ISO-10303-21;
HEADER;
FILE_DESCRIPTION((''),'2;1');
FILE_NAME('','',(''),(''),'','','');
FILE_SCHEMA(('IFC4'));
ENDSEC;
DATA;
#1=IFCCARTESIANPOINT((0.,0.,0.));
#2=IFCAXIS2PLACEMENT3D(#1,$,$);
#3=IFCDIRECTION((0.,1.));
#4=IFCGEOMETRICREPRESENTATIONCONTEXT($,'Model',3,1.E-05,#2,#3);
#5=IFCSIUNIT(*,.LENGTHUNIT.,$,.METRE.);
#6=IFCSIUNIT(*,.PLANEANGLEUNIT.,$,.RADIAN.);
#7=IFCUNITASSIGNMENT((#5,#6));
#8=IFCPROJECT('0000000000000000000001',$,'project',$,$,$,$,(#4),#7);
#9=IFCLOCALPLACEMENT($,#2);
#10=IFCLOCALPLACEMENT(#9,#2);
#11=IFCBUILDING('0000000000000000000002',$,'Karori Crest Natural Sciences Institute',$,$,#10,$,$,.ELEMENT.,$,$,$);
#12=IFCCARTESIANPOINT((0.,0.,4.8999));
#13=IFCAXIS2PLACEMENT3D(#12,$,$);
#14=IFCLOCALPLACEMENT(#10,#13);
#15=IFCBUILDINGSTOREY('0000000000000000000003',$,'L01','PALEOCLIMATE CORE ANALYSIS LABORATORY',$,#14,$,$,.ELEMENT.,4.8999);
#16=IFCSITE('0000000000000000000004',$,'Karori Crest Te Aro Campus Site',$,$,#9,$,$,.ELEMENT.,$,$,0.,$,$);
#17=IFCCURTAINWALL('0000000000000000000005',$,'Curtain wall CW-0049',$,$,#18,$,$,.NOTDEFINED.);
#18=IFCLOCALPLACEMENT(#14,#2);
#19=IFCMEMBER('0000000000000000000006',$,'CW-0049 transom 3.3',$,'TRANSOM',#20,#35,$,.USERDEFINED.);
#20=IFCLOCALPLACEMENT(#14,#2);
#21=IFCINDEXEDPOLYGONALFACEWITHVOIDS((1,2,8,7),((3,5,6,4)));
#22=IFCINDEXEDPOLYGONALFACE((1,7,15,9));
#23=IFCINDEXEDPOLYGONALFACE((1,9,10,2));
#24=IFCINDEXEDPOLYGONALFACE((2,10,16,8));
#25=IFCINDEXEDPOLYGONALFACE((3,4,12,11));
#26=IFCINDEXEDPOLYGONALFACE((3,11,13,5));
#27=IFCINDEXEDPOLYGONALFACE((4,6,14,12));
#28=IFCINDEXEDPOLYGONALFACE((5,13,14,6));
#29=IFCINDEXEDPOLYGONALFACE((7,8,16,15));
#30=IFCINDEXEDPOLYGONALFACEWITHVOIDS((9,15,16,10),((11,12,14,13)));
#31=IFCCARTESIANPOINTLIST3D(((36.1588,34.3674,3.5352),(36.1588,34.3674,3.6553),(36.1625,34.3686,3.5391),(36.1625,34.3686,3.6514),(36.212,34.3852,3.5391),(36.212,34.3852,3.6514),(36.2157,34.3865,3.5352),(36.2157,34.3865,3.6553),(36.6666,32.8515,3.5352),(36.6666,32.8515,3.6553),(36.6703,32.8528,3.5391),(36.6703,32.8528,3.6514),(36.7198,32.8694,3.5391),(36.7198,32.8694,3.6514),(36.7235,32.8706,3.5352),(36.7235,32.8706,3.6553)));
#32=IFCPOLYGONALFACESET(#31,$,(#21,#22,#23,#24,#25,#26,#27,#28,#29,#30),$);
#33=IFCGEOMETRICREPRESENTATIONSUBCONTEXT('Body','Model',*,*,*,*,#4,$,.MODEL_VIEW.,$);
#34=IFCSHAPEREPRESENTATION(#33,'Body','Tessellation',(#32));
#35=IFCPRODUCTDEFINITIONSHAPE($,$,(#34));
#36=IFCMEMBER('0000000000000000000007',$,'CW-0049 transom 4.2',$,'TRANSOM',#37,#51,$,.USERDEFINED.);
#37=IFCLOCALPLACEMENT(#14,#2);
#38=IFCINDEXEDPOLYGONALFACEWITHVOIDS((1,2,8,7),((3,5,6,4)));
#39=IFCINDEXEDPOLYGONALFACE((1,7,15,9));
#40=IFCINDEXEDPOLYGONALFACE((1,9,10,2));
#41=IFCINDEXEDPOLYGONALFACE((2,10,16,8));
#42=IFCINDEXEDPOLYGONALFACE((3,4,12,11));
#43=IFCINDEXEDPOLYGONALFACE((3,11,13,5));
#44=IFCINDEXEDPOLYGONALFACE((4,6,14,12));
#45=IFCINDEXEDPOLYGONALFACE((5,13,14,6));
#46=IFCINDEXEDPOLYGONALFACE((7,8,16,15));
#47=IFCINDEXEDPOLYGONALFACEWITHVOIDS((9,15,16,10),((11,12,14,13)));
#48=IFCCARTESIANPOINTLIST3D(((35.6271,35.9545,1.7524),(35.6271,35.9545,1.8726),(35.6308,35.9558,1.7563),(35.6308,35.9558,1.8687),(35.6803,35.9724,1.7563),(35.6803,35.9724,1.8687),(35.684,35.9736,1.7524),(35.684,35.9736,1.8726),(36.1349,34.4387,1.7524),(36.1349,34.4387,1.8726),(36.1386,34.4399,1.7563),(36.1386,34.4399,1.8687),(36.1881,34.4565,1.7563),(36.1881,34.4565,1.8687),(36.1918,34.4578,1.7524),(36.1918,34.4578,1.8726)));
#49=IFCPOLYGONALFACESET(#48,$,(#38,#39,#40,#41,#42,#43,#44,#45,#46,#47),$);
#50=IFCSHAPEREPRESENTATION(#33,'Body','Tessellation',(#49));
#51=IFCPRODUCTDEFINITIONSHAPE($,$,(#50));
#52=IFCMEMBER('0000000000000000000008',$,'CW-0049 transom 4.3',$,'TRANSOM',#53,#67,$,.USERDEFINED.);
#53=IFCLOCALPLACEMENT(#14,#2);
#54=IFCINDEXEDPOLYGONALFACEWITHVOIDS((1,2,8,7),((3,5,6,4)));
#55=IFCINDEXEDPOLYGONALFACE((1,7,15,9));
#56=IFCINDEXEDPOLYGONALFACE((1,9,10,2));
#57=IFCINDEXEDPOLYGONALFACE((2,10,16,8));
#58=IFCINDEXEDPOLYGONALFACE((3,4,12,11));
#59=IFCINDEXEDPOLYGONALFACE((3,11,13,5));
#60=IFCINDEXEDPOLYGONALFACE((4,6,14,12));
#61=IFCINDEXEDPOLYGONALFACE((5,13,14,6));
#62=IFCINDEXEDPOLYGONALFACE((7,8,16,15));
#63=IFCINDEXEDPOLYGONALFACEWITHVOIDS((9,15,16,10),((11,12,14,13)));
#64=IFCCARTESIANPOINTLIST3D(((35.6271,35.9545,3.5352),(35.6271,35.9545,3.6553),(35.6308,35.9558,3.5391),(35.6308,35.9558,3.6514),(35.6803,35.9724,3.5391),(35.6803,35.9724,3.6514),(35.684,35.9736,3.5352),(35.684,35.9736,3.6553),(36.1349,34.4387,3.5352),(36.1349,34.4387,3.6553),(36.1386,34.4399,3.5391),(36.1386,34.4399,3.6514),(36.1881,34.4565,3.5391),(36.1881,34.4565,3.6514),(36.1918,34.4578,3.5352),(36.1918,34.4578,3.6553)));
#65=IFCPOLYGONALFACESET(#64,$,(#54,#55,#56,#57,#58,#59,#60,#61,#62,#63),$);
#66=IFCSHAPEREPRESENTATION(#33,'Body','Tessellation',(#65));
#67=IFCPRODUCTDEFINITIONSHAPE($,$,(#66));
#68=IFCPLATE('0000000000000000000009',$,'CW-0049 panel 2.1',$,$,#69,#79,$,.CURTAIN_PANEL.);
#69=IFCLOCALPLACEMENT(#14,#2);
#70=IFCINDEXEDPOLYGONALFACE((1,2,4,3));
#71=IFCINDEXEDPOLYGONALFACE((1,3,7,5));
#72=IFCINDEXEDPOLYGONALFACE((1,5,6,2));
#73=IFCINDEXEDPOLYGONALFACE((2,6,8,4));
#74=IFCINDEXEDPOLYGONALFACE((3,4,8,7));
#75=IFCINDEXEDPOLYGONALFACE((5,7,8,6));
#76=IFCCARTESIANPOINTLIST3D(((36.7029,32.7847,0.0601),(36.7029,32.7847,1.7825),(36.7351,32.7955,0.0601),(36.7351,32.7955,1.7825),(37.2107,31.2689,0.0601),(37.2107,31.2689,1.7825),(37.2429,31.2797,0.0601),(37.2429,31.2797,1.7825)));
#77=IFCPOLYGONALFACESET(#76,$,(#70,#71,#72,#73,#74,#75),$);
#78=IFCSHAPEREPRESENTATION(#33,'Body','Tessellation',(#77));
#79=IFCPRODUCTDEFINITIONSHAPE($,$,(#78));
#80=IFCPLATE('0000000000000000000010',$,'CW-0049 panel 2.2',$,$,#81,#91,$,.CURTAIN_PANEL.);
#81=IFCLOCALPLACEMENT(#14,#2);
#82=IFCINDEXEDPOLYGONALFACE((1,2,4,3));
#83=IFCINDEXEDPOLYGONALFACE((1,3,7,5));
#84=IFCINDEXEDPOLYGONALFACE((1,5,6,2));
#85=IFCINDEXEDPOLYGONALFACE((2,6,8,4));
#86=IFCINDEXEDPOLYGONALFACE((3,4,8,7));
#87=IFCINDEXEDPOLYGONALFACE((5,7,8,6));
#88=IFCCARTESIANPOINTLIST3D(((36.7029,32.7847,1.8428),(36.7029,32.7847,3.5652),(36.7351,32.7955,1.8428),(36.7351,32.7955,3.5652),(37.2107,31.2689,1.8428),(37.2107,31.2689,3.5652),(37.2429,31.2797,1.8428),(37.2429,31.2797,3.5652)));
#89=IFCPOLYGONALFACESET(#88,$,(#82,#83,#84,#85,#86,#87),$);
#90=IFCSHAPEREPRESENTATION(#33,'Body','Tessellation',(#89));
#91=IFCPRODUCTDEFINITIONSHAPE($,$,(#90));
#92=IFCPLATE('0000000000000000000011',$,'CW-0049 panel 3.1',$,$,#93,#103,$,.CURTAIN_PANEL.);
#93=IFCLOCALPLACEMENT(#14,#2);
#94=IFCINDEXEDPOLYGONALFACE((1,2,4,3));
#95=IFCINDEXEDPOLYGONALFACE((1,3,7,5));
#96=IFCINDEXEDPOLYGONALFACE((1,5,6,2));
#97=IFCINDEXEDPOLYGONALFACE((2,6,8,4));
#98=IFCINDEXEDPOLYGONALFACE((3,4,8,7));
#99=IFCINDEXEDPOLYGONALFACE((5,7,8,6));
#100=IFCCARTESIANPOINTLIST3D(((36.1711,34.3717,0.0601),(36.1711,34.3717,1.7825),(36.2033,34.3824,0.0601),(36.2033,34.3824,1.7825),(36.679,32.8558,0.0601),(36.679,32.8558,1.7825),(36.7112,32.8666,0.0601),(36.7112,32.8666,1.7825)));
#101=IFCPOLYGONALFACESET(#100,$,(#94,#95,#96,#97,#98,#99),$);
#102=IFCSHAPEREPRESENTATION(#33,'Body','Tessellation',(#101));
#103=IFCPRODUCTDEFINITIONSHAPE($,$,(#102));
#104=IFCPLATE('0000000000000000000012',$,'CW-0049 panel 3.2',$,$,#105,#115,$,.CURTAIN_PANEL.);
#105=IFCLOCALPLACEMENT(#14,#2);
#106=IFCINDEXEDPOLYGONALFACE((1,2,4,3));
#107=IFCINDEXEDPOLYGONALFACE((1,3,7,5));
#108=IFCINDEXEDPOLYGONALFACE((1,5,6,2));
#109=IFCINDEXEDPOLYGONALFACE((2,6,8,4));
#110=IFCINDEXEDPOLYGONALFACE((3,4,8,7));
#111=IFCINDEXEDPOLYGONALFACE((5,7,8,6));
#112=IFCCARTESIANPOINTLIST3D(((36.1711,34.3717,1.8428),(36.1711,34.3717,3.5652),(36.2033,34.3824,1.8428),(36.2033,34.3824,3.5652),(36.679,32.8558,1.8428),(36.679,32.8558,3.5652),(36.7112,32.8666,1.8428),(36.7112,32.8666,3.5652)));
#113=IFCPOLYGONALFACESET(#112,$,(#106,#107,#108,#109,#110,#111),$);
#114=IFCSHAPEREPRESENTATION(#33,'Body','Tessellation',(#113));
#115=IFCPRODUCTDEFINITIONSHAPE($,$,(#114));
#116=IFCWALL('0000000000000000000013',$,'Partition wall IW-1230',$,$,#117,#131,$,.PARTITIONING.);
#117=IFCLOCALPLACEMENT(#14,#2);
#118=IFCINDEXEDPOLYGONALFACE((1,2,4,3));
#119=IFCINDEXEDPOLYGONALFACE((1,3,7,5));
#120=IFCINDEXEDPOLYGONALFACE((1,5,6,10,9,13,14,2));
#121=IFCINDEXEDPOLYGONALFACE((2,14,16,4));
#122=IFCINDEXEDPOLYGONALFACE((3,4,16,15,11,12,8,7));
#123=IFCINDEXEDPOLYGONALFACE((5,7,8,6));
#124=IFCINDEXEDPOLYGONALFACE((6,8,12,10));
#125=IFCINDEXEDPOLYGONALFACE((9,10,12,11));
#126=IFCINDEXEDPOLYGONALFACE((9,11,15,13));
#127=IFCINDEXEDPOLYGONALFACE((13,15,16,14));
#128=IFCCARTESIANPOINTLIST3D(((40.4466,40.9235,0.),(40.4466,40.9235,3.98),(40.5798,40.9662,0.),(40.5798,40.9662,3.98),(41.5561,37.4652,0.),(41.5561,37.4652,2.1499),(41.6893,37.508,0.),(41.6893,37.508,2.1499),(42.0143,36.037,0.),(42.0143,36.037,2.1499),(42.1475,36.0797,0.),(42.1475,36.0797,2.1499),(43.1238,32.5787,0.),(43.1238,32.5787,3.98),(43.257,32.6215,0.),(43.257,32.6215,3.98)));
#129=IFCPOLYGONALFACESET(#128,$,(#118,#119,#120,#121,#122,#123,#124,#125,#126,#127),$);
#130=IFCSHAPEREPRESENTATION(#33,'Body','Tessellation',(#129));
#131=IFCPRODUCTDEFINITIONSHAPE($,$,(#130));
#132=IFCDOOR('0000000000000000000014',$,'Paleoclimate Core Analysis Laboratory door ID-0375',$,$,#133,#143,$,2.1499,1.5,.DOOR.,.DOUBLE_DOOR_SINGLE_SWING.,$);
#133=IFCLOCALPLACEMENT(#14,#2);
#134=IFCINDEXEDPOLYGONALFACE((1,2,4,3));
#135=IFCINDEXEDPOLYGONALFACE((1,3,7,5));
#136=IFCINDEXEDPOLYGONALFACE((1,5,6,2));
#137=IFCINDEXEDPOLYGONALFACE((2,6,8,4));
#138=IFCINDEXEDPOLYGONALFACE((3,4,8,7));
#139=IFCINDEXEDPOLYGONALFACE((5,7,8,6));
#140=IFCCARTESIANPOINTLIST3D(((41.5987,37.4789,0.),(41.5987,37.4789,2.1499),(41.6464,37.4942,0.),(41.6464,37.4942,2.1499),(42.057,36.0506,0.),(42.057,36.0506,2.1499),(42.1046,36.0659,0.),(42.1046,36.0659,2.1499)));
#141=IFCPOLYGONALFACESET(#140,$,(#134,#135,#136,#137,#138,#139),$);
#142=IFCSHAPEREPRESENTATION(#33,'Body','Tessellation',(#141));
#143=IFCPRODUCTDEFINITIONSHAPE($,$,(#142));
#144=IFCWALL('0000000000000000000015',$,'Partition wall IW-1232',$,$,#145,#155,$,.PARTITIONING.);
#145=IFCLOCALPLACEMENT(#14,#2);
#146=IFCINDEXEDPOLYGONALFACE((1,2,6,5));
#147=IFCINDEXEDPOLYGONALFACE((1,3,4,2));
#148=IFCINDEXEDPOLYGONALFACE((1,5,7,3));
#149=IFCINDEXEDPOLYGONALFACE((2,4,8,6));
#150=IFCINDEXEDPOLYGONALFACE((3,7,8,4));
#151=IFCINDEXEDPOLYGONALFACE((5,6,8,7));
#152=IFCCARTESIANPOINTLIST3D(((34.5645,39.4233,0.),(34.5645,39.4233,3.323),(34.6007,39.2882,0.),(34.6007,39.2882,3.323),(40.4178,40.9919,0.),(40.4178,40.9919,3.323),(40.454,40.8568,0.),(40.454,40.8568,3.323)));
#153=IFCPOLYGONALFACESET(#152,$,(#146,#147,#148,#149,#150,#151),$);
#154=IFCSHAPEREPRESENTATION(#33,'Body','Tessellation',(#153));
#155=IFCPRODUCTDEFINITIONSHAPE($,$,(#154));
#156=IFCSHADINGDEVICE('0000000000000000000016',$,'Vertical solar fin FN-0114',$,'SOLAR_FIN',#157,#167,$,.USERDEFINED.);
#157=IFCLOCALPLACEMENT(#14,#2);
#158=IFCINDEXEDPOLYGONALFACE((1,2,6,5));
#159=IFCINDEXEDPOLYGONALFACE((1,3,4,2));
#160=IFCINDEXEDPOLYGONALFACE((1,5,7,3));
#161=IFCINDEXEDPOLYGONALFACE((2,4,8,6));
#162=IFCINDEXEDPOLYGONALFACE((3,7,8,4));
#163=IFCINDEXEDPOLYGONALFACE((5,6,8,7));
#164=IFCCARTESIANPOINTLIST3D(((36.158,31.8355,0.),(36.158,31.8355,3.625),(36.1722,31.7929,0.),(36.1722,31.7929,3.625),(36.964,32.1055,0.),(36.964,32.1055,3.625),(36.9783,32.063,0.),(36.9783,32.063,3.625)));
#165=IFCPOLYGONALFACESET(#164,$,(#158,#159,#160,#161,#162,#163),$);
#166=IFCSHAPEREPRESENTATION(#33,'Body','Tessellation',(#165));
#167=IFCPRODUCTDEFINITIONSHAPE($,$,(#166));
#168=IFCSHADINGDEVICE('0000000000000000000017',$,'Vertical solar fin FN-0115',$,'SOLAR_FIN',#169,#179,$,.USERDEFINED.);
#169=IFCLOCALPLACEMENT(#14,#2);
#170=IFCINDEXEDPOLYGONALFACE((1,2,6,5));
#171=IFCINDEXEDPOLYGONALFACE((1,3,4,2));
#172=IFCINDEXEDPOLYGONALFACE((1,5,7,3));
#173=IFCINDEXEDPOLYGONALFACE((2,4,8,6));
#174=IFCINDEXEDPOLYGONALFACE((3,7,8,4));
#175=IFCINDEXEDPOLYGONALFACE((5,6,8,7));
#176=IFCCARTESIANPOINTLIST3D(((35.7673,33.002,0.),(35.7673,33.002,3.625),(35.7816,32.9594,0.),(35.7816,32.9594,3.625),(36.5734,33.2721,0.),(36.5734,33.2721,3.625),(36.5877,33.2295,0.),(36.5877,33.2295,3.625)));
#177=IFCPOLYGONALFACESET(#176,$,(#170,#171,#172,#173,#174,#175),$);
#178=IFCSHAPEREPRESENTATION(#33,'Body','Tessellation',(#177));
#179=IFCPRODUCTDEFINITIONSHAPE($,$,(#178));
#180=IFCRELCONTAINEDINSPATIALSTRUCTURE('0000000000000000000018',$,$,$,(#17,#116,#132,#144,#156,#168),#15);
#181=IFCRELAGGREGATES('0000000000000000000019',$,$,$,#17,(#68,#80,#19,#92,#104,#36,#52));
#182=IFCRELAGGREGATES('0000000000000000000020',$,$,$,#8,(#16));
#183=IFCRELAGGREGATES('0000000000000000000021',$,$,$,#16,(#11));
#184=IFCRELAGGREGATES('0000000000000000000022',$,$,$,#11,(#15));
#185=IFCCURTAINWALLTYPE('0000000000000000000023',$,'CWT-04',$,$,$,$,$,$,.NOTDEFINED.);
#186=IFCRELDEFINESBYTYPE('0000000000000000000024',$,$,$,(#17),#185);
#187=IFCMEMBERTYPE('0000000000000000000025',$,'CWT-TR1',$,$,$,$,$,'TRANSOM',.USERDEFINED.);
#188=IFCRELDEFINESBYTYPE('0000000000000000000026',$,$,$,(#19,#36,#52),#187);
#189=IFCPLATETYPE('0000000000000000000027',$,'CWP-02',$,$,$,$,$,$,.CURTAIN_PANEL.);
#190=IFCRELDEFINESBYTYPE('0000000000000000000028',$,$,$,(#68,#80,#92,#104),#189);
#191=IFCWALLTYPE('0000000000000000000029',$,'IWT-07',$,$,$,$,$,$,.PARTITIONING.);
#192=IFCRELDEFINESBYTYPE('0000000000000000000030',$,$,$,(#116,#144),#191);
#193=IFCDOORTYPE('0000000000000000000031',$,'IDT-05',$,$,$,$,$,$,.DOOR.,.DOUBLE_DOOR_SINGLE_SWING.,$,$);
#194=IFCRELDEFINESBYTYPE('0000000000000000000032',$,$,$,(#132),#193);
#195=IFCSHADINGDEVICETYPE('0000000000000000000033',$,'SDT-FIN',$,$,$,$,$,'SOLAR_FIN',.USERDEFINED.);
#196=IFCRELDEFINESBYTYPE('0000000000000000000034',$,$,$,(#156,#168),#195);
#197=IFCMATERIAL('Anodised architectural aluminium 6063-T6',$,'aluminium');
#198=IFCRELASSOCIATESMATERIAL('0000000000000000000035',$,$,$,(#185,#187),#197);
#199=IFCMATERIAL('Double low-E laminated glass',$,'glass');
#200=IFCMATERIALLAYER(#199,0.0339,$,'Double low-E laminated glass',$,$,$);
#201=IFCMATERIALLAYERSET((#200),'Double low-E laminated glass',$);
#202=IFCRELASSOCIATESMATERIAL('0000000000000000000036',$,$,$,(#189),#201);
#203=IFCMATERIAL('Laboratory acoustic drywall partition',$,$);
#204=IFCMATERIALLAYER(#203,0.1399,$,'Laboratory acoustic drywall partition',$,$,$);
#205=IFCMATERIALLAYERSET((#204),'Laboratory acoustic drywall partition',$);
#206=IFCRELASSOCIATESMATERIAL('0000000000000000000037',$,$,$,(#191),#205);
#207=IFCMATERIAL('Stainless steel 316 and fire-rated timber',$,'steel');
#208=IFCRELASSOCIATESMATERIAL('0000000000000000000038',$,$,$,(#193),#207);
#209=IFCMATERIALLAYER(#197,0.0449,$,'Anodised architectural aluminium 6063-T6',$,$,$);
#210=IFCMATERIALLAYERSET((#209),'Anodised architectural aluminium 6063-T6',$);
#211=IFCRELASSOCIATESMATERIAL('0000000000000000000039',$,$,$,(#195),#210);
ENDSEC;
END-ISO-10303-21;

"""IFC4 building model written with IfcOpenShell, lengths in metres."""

from ifc_helpers import new_model, si_unit, direction, frame, frame_2d, origin, origin_2d, place, context, subcontext, project, spatial, rectangle, hollow_rectangle, extrude, material, layer, layer_set, material_profile, profile_set, type_object, element, fill, aggregate, save


model = new_model("IFC4")

# Units and contexts
model_context = context("Model", 3, precision=1e-05, world=origin(), true_north=direction((0.0, 1.0)))
body_context = subcontext(model_context, "Body", "Model", "MODEL_VIEW")
ifc_project = project(units=[si_unit("LENGTHUNIT", "METRE"), si_unit("PLANEANGLEUNIT", "RADIAN")], contexts=[model_context])

# Site, building, storey
site_placement = place(None, origin())
site = spatial("IfcSite", under=ifc_project, at=site_placement, Name="Karori Crest Te Aro Campus Site", CompositionType="ELEMENT", RefElevation=0.0)
building_placement = place(site_placement, origin())
building = spatial("IfcBuilding", under=site, at=building_placement, Name="Karori Crest Natural Sciences Institute", CompositionType="ELEMENT")
storey_placement = place(building_placement, frame((0.0, 0.0, 4.8999)))
storey = spatial("IfcBuildingStorey", under=building, at=storey_placement, Name="L01", Description="PALEOCLIMATE CORE ANALYSIS LABORATORY", CompositionType="ELEMENT", Elevation=4.8999)

# Curtain wall, members, plates
ifc_material_1 = material(Name="Anodised architectural aluminium 6063-T6", Category="aluminium")
curtain_wall_type = type_object("IfcCurtainWallType", Name="CWT-04", PredefinedType="NOTDEFINED", material=ifc_material_1)
curtain_wall_placement = place(storey_placement, origin())
curtain_wall = element("IfcCurtainWall", 1, at=curtain_wall_placement, inside=storey, type_object=curtain_wall_type, Name="Curtain wall CW-0049", PredefinedType="NOTDEFINED")
ifc_material_profile_1 = material_profile(ifc_material_1, hollow_rectangle(XDim=0.0601, YDim=0.1201, WallThickness=0.0039, at=origin_2d()), Name="CWT120x60x4")
ifc_profile_set_1 = profile_set([ifc_material_profile_1], Name="Anodised architectural aluminium 6063-T6")
member_type_1 = type_object("IfcMemberType", Name="CWT-TR1", ElementType="TRANSOM", PredefinedType="USERDEFINED", material=ifc_profile_set_1)
member_1_placement = place(storey_placement, frame((36.6951, 32.8611, 3.5952), z_axis=(-0.317648, 0.948209, 0.0), x_axis=(-0.948209, -0.317648, 0.0)))
member_1 = element("IfcMember", 2, at=member_1_placement, type_object=member_type_1, Name="CW-0049 transom 3.3", ObjectType="TRANSOM", PredefinedType="USERDEFINED", context=body_context, shape_type="SweptSolid", body=[
    extrude(hollow_rectangle(XDim=0.0601, YDim=0.1201, WallThickness=0.0039, at=origin_2d()), origin(), (0.0, 0.0, 1.0), 1.5986),
])
member_2_placement = place(storey_placement, frame((36.1633, 34.4482, 1.8125), z_axis=(-0.317648, 0.948209, 0.0), x_axis=(-0.948209, -0.317648, 0.0)))
member_2 = element("IfcMember", 3, at=member_2_placement, type_object=member_type_1, Name="CW-0049 transom 4.2", ObjectType="TRANSOM", PredefinedType="USERDEFINED", context=body_context, shape_type="SweptSolid", body=[
    extrude(hollow_rectangle(XDim=0.0601, YDim=0.1201, WallThickness=0.0039, at=origin_2d()), origin(), (0.0, 0.0, 1.0), 1.5986),
])
member_3_placement = place(storey_placement, frame((36.1633, 34.4482, 3.5952), z_axis=(-0.317648, 0.948209, 0.0), x_axis=(-0.948209, -0.317648, 0.0)))
member_3 = element("IfcMember", 4, at=member_3_placement, type_object=member_type_1, Name="CW-0049 transom 4.3", ObjectType="TRANSOM", PredefinedType="USERDEFINED", context=body_context, shape_type="SweptSolid", body=[
    extrude(hollow_rectangle(XDim=0.0601, YDim=0.1201, WallThickness=0.0039, at=origin_2d()), origin(), (0.0, 0.0, 1.0), 1.5986),
])
ifc_material_2 = material(Name="Double low-E laminated glass", Category="glass")
ifc_layer_1 = layer(ifc_material_2, 0.0339, Name="Double low-E laminated glass")
ifc_layer_set_1 = layer_set([ifc_layer_1], Name="Double low-E laminated glass")
plate_type = type_object("IfcPlateType", Name="CWP-02", PredefinedType="CURTAIN_PANEL", material=ifc_layer_set_1)
plate_1_placement = place(storey_placement, frame((36.9729, 32.0322, 0.0601), z_axis=(0.0, 0.0, 1.0), x_axis=(-0.317685, 0.948196, 0.0)))
plate_1 = element("IfcPlate", 5, at=plate_1_placement, type_object=plate_type, Name="CW-0049 panel 2.1", PredefinedType="CURTAIN_PANEL", context=body_context, shape_type="SweptSolid", body=[
    extrude(rectangle(XDim=1.5986, YDim=0.0339, at=origin_2d()), origin(), (0.0, 0.0, 1.0), 1.7224),
])
plate_2_placement = place(storey_placement, frame((36.9729, 32.0322, 1.8428), z_axis=(0.0, 0.0, 1.0), x_axis=(-0.317685, 0.948196, 0.0)))
plate_2 = element("IfcPlate", 6, at=plate_2_placement, type_object=plate_type, Name="CW-0049 panel 2.2", PredefinedType="CURTAIN_PANEL", context=body_context, shape_type="SweptSolid", body=[
    extrude(rectangle(XDim=1.5986, YDim=0.0339, at=origin_2d()), origin(), (0.0, 0.0, 1.0), 1.7224),
])
plate_3_placement = place(storey_placement, frame((36.4412, 33.6191, 0.0601), z_axis=(0.0, 0.0, 1.0), x_axis=(-0.317685, 0.948196, 0.0)))
plate_3 = element("IfcPlate", 7, at=plate_3_placement, type_object=plate_type, Name="CW-0049 panel 3.1", PredefinedType="CURTAIN_PANEL", context=body_context, shape_type="SweptSolid", body=[
    extrude(rectangle(XDim=1.5986, YDim=0.0339, at=origin_2d()), origin(), (0.0, 0.0, 1.0), 1.7224),
])
plate_4_placement = place(storey_placement, frame((36.4412, 33.6191, 1.8428), z_axis=(0.0, 0.0, 1.0), x_axis=(-0.317685, 0.948196, 0.0)))
plate_4 = element("IfcPlate", 8, at=plate_4_placement, type_object=plate_type, Name="CW-0049 panel 3.2", PredefinedType="CURTAIN_PANEL", context=body_context, shape_type="SweptSolid", body=[
    extrude(rectangle(XDim=1.5986, YDim=0.0339, at=origin_2d()), origin(), (0.0, 0.0, 1.0), 1.7224),
])
aggregate(curtain_wall, [plate_1, plate_2, member_1, plate_3, plate_4, member_2, member_3])

# Wall, opening, door
ifc_material_3 = material(Name="Laboratory acoustic drywall partition")
ifc_layer_2 = layer(ifc_material_3, 0.1399, Name="Laboratory acoustic drywall partition")
ifc_layer_set_2 = layer_set([ifc_layer_2], Name="Laboratory acoustic drywall partition")
wall_type = type_object("IfcWallType", Name="IWT-07", PredefinedType="PARTITIONING", material=ifc_layer_set_2)
wall_1_placement = place(storey_placement, frame((40.5132, 40.9448, 0.0), z_axis=(0.0, 0.0, 1.0), x_axis=(0.305493, -0.952194, 0.0)))
wall_1 = element("IfcWall", 9, at=wall_1_placement, inside=storey, type_object=wall_type, Name="Partition wall IW-1230", PredefinedType="PARTITIONING", context=body_context, shape_type="SweptSolid", body=[
    extrude(rectangle(XDim=8.7637, YDim=0.1399, at=frame_2d((4.3818, 0.0))), origin(), (0.0, 0.0, 1.0), 3.98),
])
opening_placement = place(wall_1_placement, frame((3.6318, 0.0, 0.0)))
opening = element("IfcOpeningElement", 10, at=opening_placement, cuts=wall_1, PredefinedType="OPENING", context=body_context, shape_type="SweptSolid", body=[
    extrude(rectangle(XDim=1.5, YDim=2.1499, at=frame_2d((0.75, 1.075))), frame((0.0, 0.0801, 0.0), z_axis=(0.0, -1.0, 0.0), x_axis=(1.0, 0.0, 0.0)), (0.0, 0.0, 1.0), 0.1599),
])
ifc_material_4 = material(Name="Stainless steel 316 and fire-rated timber", Category="steel")
door_type = type_object("IfcDoorType", Name="IDT-05", OperationType="DOUBLE_DOOR_SINGLE_SWING", PredefinedType="DOOR", material=ifc_material_4)
door_placement = place(opening_placement, origin())
door = element("IfcDoor", 11, at=door_placement, inside=storey, type_object=door_type, Name="Paleoclimate Core Analysis Laboratory door ID-0375", OperationType="DOUBLE_DOOR_SINGLE_SWING", OverallHeight=2.1499, OverallWidth=1.5, PredefinedType="DOOR", context=body_context, shape_type="SweptSolid", body=[
    extrude(rectangle(XDim=1.5, YDim=2.1499, at=frame_2d((0.75, 1.075))), frame((0.0, 0.0249, 0.0), z_axis=(0.0, -1.0, 0.0), x_axis=(1.0, 0.0, 0.0)), (0.0, 0.0, 1.0), 0.05),
])
fill(opening, door)

# Wall
wall_2_placement = place(storey_placement, frame((40.4358, 40.9243, 0.0), z_axis=(0.0, 0.0, 1.0), x_axis=(-0.965917, -0.258854, 0.0)))
element("IfcWall", 12, at=wall_2_placement, inside=storey, type_object=wall_type, Name="Partition wall IW-1232", PredefinedType="PARTITIONING", context=body_context, shape_type="SweptSolid", body=[
    extrude(rectangle(XDim=6.0598, YDim=0.1399, at=frame_2d((3.0298, 0.0))), origin(), (0.0, 0.0, 1.0), 3.323),
])

# Shading devices
ifc_layer_3 = layer(ifc_material_1, 0.0449, Name="Anodised architectural aluminium 6063-T6")
ifc_layer_set_3 = layer_set([ifc_layer_3], Name="Anodised architectural aluminium 6063-T6")
shading_device_type = type_object("IfcShadingDeviceType", Name="SDT-FIN", ElementType="SOLAR_FIN", PredefinedType="USERDEFINED", material=ifc_layer_set_3)
for number, where, z_axis, x_axis, name in (
    (13, (36.5681, 31.9492, 0.0), (0.0, 0.0, 1.0), (-0.948196, -0.317685, 0.0), "Vertical solar fin FN-0114"),
    (14, (36.1775, 33.1157, 0.0), (0.0, 0.0, 1.0), (-0.948196, -0.317685, 0.0), "Vertical solar fin FN-0115"),
):
    element("IfcShadingDevice", number, at=place(storey_placement, frame(where, z_axis=z_axis, x_axis=x_axis)), inside=storey, type_object=shading_device_type, Name=name, ObjectType="SOLAR_FIN", PredefinedType="USERDEFINED", context=body_context, shape_type="SweptSolid", body=[
        extrude(rectangle(XDim=0.8501, YDim=0.0449, at=origin_2d()), origin(), (0.0, 0.0, 1.0), 3.625),
    ])

save(model, "model.ifc")
